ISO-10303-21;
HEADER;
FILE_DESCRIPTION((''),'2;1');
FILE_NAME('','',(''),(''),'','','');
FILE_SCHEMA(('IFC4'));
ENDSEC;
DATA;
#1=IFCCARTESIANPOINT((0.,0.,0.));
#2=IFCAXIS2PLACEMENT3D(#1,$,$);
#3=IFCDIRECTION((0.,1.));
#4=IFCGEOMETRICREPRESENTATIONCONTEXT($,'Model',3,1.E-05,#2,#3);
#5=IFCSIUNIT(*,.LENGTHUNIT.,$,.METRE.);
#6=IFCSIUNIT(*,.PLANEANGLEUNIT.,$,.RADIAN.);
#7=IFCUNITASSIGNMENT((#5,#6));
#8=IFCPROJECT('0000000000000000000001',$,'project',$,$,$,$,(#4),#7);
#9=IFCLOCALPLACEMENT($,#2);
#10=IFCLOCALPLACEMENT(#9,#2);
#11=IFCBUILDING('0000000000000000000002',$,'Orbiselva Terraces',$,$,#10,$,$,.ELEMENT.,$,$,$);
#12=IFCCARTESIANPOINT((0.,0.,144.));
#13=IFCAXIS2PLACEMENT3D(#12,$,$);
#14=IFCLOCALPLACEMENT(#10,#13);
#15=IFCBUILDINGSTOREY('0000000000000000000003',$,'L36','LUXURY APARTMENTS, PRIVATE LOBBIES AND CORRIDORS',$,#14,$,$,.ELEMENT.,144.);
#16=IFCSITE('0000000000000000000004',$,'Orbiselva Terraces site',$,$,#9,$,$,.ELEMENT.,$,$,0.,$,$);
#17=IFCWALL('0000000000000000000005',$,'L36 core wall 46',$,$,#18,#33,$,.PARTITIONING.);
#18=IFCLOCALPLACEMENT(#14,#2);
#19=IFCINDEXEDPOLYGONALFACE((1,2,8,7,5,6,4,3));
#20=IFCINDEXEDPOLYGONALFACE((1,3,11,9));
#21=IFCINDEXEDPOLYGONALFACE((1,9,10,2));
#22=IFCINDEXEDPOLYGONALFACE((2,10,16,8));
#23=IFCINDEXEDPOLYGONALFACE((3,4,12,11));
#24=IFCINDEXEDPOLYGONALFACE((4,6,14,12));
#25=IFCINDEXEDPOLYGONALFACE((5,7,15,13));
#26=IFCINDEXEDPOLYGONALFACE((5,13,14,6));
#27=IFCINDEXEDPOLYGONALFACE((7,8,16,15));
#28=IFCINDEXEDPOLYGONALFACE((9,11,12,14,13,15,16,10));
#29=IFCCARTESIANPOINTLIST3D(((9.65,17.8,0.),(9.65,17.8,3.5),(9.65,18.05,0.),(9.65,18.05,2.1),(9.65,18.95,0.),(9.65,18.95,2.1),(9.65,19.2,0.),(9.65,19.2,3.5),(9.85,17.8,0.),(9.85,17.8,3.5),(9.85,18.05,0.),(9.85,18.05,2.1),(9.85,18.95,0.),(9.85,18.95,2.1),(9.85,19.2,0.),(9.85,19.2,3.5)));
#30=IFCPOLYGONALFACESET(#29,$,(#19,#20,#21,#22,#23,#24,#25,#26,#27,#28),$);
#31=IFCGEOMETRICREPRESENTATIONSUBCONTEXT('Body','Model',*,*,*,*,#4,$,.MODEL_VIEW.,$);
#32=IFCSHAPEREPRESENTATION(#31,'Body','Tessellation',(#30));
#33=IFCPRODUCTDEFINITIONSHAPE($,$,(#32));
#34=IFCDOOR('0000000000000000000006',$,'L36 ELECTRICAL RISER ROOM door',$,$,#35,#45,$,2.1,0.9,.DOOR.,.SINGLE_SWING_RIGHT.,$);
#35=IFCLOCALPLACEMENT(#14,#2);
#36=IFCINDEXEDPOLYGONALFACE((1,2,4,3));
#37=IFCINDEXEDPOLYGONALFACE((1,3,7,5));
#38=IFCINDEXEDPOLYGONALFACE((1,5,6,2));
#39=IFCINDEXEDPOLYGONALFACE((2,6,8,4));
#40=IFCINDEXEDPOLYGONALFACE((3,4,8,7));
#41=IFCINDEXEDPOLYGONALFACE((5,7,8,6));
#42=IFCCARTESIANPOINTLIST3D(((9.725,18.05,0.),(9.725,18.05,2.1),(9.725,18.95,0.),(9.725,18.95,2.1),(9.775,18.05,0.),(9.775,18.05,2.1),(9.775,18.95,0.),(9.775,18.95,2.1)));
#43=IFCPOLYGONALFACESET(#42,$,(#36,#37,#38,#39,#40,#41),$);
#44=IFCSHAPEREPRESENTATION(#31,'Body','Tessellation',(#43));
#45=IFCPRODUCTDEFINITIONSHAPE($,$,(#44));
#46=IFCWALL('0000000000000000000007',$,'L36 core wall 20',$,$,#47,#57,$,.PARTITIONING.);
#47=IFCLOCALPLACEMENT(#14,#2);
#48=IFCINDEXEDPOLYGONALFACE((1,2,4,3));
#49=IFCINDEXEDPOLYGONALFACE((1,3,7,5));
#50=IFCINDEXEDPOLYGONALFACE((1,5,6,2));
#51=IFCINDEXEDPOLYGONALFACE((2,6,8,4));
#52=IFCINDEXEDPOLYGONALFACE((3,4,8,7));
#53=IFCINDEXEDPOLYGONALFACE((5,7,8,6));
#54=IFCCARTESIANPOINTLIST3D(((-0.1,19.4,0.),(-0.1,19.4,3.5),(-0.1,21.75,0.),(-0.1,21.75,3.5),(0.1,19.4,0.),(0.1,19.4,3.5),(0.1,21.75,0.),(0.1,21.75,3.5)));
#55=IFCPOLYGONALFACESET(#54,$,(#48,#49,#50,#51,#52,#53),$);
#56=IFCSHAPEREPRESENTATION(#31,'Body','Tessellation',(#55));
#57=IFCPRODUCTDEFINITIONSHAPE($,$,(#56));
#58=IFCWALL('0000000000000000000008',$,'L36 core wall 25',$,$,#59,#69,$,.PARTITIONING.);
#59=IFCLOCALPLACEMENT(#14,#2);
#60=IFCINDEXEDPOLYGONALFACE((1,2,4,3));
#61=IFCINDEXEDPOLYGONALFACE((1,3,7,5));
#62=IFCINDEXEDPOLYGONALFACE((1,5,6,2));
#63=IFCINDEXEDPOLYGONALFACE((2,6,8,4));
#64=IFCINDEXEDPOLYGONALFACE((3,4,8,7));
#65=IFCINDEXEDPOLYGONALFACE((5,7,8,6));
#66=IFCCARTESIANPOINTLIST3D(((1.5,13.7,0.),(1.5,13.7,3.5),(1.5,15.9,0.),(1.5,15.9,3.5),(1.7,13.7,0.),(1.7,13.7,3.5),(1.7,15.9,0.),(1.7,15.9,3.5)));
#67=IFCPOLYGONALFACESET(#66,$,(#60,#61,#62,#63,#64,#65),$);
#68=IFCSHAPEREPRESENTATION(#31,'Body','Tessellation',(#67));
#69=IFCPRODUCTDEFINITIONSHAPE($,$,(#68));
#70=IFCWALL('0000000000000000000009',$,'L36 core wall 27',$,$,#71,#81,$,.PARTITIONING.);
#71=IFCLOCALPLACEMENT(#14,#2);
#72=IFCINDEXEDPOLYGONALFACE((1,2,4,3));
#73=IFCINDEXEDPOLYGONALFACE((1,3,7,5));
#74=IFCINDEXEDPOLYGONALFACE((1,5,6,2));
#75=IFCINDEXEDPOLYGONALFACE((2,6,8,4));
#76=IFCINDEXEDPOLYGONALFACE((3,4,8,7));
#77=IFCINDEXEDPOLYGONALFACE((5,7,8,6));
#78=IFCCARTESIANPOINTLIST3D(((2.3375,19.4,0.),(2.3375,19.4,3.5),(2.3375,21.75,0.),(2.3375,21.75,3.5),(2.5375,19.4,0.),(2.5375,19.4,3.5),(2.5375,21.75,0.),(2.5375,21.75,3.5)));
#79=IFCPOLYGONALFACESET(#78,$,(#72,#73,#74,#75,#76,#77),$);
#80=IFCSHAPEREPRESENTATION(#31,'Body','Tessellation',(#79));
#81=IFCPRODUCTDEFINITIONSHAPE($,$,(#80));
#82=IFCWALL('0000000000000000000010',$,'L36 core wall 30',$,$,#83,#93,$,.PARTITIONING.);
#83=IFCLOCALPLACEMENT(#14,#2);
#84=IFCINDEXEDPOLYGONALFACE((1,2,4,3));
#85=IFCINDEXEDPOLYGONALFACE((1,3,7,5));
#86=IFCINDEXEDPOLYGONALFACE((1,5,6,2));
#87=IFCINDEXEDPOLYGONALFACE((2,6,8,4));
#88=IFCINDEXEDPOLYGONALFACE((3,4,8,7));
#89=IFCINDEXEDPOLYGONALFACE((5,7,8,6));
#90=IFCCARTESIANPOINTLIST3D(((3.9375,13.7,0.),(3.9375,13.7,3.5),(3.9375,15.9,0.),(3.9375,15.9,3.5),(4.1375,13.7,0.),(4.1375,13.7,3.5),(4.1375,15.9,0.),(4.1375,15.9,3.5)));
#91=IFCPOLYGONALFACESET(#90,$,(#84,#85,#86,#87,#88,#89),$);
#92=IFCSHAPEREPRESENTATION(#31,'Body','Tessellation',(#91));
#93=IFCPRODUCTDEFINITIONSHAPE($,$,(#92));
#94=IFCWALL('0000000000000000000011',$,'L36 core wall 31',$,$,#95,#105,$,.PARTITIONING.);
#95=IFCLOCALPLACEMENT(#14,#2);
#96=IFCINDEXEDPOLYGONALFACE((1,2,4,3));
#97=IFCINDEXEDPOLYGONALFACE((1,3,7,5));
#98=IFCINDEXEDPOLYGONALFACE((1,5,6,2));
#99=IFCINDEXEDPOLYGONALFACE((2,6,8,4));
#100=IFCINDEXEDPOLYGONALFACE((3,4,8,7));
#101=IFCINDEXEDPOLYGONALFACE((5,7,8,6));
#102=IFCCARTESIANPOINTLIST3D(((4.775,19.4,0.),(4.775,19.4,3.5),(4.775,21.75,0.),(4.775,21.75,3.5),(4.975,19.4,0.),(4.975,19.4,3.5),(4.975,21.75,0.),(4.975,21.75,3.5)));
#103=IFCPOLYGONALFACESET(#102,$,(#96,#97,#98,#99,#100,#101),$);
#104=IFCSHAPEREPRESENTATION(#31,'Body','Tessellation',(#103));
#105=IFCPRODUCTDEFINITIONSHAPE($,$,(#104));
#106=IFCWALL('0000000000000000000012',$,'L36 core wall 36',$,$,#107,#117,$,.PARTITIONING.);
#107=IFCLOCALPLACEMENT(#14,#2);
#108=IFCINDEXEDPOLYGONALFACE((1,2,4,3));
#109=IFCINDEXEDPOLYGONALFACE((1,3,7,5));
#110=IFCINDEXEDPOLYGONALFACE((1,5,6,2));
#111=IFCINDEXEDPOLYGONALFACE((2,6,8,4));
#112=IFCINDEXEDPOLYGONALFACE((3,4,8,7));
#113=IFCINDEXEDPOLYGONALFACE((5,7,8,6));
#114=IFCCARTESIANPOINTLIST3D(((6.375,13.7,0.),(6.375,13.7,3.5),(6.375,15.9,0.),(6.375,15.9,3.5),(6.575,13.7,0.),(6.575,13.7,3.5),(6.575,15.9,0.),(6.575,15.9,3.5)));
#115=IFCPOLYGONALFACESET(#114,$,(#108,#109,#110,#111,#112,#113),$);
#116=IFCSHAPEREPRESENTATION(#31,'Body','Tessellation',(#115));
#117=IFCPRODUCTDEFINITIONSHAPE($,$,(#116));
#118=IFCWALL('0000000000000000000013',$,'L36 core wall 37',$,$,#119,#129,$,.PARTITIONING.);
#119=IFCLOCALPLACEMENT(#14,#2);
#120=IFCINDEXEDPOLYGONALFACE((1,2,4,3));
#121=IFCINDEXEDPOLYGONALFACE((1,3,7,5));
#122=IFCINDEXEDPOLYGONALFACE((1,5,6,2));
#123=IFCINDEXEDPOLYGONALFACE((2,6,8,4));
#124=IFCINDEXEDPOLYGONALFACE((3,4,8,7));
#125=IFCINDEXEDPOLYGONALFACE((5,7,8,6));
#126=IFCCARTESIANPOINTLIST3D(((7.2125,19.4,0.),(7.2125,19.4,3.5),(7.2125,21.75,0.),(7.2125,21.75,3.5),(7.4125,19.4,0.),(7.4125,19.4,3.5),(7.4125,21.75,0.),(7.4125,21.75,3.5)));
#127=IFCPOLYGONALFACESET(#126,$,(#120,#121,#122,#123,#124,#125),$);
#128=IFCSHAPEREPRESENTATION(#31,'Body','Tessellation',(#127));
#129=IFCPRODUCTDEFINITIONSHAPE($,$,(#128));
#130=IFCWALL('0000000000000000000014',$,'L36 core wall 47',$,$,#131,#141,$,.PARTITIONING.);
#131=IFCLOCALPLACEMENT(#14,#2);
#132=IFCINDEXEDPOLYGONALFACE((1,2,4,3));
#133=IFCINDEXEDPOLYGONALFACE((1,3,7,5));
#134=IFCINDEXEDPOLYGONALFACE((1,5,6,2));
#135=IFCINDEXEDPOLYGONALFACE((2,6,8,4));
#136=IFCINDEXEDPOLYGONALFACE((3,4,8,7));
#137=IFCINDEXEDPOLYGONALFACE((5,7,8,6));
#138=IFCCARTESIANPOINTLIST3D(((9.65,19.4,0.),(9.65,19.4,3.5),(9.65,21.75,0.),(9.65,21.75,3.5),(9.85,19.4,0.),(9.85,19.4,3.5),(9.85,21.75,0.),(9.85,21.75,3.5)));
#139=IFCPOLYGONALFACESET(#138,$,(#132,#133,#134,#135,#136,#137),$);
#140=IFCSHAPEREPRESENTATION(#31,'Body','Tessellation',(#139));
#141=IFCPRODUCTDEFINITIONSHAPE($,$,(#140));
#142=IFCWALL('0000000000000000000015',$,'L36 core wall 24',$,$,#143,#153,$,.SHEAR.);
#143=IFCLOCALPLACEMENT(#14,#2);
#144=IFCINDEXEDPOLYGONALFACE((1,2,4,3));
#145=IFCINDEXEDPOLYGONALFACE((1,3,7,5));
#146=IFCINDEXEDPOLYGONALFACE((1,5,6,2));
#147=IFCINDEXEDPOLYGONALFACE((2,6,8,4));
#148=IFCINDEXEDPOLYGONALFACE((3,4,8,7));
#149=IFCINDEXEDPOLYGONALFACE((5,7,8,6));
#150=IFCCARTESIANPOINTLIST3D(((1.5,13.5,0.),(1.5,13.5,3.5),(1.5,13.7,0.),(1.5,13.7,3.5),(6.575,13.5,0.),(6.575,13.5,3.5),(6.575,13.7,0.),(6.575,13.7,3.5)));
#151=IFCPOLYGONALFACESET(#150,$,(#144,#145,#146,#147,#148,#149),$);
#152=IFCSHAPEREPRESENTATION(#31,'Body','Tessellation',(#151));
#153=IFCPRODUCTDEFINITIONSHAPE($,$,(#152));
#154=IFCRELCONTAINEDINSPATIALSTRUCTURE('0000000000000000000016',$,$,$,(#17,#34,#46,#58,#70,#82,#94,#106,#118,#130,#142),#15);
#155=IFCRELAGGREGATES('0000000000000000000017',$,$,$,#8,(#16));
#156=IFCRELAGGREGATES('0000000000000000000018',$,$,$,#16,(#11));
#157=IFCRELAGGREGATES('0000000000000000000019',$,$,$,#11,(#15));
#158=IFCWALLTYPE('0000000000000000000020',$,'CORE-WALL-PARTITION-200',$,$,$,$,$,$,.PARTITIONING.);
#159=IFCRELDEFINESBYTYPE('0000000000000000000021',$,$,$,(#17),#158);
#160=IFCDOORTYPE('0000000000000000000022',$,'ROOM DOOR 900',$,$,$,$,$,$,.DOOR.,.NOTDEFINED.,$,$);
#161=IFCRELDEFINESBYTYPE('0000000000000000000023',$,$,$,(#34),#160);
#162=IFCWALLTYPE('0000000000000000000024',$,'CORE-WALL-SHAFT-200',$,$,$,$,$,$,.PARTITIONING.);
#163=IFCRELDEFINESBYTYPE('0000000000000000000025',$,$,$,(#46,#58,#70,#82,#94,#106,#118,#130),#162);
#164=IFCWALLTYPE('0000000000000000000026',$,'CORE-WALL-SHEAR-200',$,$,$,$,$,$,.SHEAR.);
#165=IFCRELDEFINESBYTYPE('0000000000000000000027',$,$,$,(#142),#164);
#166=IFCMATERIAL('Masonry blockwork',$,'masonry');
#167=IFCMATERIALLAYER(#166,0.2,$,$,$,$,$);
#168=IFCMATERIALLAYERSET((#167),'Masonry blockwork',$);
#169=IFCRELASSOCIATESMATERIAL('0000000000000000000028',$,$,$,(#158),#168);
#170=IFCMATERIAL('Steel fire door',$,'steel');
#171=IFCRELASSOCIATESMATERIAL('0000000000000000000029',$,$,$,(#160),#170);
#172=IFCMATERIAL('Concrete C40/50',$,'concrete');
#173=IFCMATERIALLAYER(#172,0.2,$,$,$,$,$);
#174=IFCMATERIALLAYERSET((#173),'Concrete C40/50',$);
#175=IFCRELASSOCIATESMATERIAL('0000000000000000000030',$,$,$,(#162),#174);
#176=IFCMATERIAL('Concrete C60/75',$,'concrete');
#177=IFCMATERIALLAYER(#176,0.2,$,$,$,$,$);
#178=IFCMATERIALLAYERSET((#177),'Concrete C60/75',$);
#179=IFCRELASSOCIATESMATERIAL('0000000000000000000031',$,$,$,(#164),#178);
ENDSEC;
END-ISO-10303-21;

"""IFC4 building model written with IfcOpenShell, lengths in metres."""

from ifc_helpers import new_model, si_unit, direction, frame, frame_2d, origin, place, context, subcontext, project, spatial, rectangle, extrude, material, layer, layer_set, type_object, element, fill, save


model = new_model("IFC4")

# Units and contexts
model_context = context("Model", 3, precision=1e-05, world=origin(), true_north=direction((0.0, 1.0)))
body_context = subcontext(model_context, "Body", "Model", "MODEL_VIEW")
ifc_project = project(units=[si_unit("LENGTHUNIT", "METRE"), si_unit("PLANEANGLEUNIT", "RADIAN")], contexts=[model_context])

# Site, building, storey
site_placement = place(None, origin())
site = spatial("IfcSite", under=ifc_project, at=site_placement, Name="Orbiselva Terraces site", CompositionType="ELEMENT", RefElevation=0.0)
building_placement = place(site_placement, origin())
building = spatial("IfcBuilding", under=site, at=building_placement, Name="Orbiselva Terraces", CompositionType="ELEMENT")
storey_placement = place(building_placement, frame((0.0, 0.0, 144.0)))
storey = spatial("IfcBuildingStorey", under=building, at=storey_placement, Name="L36", Description="LUXURY APARTMENTS, PRIVATE LOBBIES AND CORRIDORS", CompositionType="ELEMENT", Elevation=144.0)

# Wall, opening, door
ifc_material_1 = material(Name="Masonry blockwork", Category="masonry")
ifc_layer_1 = layer(ifc_material_1, 0.2)
ifc_layer_set_1 = layer_set([ifc_layer_1], Name="Masonry blockwork")
wall_type_1 = type_object("IfcWallType", Name="CORE-WALL-PARTITION-200", PredefinedType="PARTITIONING", material=ifc_layer_set_1)
wall_1_placement = place(storey_placement, frame((9.75, 19.2, 0.0), z_axis=(0.0, 0.0, 1.0), x_axis=(0.0, -1.0, 0.0)))
wall_1 = element("IfcWall", 1, at=wall_1_placement, inside=storey, type_object=wall_type_1, Name="L36 core wall 46", PredefinedType="PARTITIONING", context=body_context, shape_type="SweptSolid", body=[
    extrude(rectangle(XDim=1.4, YDim=0.2, at=frame_2d((0.7, 0.0))), origin(), (0.0, 0.0, 1.0), 3.5),
])
opening_1_placement = place(wall_1_placement, frame((0.25, 0.0, 0.0)))
opening_1 = element("IfcOpeningElement", 2, at=opening_1_placement, cuts=wall_1, PredefinedType="OPENING", context=body_context, shape_type="SweptSolid", body=[
    extrude(rectangle(XDim=0.9, YDim=2.1, at=frame_2d((0.45, 1.05))), frame((0.0, 0.11, 0.0), z_axis=(0.0, -1.0, 0.0), x_axis=(1.0, 0.0, 0.0)), (0.0, 0.0, 1.0), 0.22),
])
ifc_material_2 = material(Name="Steel fire door", Category="steel")
door_type_1 = type_object("IfcDoorType", Name="ROOM DOOR 900", OperationType="NOTDEFINED", PredefinedType="DOOR", material=ifc_material_2)
door_1_placement = place(opening_1_placement, origin())
door_1 = element("IfcDoor", 3, at=door_1_placement, inside=storey, type_object=door_type_1, Name="L36 ELECTRICAL RISER ROOM door", OperationType="SINGLE_SWING_RIGHT", OverallHeight=2.1, OverallWidth=0.9, PredefinedType="DOOR", context=body_context, shape_type="SweptSolid", body=[
    extrude(rectangle(XDim=0.9, YDim=2.1, at=frame_2d((0.45, 1.05))), frame((0.0, 0.025, 0.0), z_axis=(0.0, -1.0, 0.0), x_axis=(1.0, 0.0, 0.0)), (0.0, 0.0, 1.0), 0.05),
])
fill(opening_1, door_1)

# Walls
ifc_material_3 = material(Name="Concrete C40/50", Category="concrete")
ifc_layer_2 = layer(ifc_material_3, 0.2)
ifc_layer_set_2 = layer_set([ifc_layer_2], Name="Concrete C40/50")
wall_type_2 = type_object("IfcWallType", Name="CORE-WALL-SHAFT-200", PredefinedType="PARTITIONING", material=ifc_layer_set_2)
wall_2_placement = place(storey_placement, frame((0.0, 19.4, 0.0), z_axis=(0.0, 0.0, 1.0), x_axis=(0.0, 1.0, 0.0)))
element("IfcWall", 4, at=wall_2_placement, inside=storey, type_object=wall_type_2, Name="L36 core wall 20", PredefinedType="PARTITIONING", context=body_context, shape_type="SweptSolid", body=[
    extrude(rectangle(XDim=2.35, YDim=0.2, at=frame_2d((1.175, 0.0))), origin(), (0.0, 0.0, 1.0), 3.5),
])
wall_3_placement = place(storey_placement, frame((1.6, 13.7, 0.0), z_axis=(0.0, 0.0, 1.0), x_axis=(0.0, 1.0, 0.0)))
element("IfcWall", 5, at=wall_3_placement, inside=storey, type_object=wall_type_2, Name="L36 core wall 25", PredefinedType="PARTITIONING", context=body_context, shape_type="SweptSolid", body=[
    extrude(rectangle(XDim=2.2, YDim=0.2, at=frame_2d((1.1, 0.0))), origin(), (0.0, 0.0, 1.0), 3.5),
])
wall_4_placement = place(storey_placement, frame((2.4375, 19.4, 0.0), z_axis=(0.0, 0.0, 1.0), x_axis=(0.0, 1.0, 0.0)))
element("IfcWall", 6, at=wall_4_placement, inside=storey, type_object=wall_type_2, Name="L36 core wall 27", PredefinedType="PARTITIONING", context=body_context, shape_type="SweptSolid", body=[
    extrude(rectangle(XDim=2.35, YDim=0.2, at=frame_2d((1.175, 0.0))), origin(), (0.0, 0.0, 1.0), 3.5),
])
wall_5_placement = place(storey_placement, frame((4.0375, 13.7, 0.0), z_axis=(0.0, 0.0, 1.0), x_axis=(0.0, 1.0, 0.0)))
element("IfcWall", 7, at=wall_5_placement, inside=storey, type_object=wall_type_2, Name="L36 core wall 30", PredefinedType="PARTITIONING", context=body_context, shape_type="SweptSolid", body=[
    extrude(rectangle(XDim=2.2, YDim=0.2, at=frame_2d((1.1, 0.0))), origin(), (0.0, 0.0, 1.0), 3.5),
])
wall_6_placement = place(storey_placement, frame((4.875, 19.4, 0.0), z_axis=(0.0, 0.0, 1.0), x_axis=(0.0, 1.0, 0.0)))
element("IfcWall", 8, at=wall_6_placement, inside=storey, type_object=wall_type_2, Name="L36 core wall 31", PredefinedType="PARTITIONING", context=body_context, shape_type="SweptSolid", body=[
    extrude(rectangle(XDim=2.35, YDim=0.2, at=frame_2d((1.175, 0.0))), origin(), (0.0, 0.0, 1.0), 3.5),
])
wall_7_placement = place(storey_placement, frame((6.475, 13.7, 0.0), z_axis=(0.0, 0.0, 1.0), x_axis=(0.0, 1.0, 0.0)))
element("IfcWall", 9, at=wall_7_placement, inside=storey, type_object=wall_type_2, Name="L36 core wall 36", PredefinedType="PARTITIONING", context=body_context, shape_type="SweptSolid", body=[
    extrude(rectangle(XDim=2.2, YDim=0.2, at=frame_2d((1.1, 0.0))), origin(), (0.0, 0.0, 1.0), 3.5),
])
for number, where, z_axis, x_axis, name in (
    (10, (7.3125, 19.4, 0.0), (0.0, 0.0, 1.0), (0.0, 1.0, 0.0), "L36 core wall 37"),
    (11, (9.75, 19.4, 0.0), (0.0, 0.0, 1.0), (0.0, 1.0, 0.0), "L36 core wall 47"),
):
    element("IfcWall", number, at=place(storey_placement, frame(where, z_axis=z_axis, x_axis=x_axis)), inside=storey, type_object=wall_type_2, Name=name, PredefinedType="PARTITIONING", context=body_context, shape_type="SweptSolid", body=[
        extrude(rectangle(XDim=2.35, YDim=0.2, at=frame_2d((1.175, 0.0))), origin(), (0.0, 0.0, 1.0), 3.5),
    ])
ifc_material_4 = material(Name="Concrete C60/75", Category="concrete")
ifc_layer_3 = layer(ifc_material_4, 0.2)
ifc_layer_set_3 = layer_set([ifc_layer_3], Name="Concrete C60/75")
wall_type_3 = type_object("IfcWallType", Name="CORE-WALL-SHEAR-200", PredefinedType="SHEAR", material=ifc_layer_set_3)
wall_8_placement = place(storey_placement, frame((1.5, 13.6, 0.0), z_axis=(0.0, 0.0, 1.0), x_axis=(1.0, 0.0, 0.0)))
element("IfcWall", 12, at=wall_8_placement, inside=storey, type_object=wall_type_3, Name="L36 core wall 24", PredefinedType="SHEAR", context=body_context, shape_type="SweptSolid", body=[
    extrude(rectangle(XDim=5.075, YDim=0.2, at=frame_2d((2.5375, 0.0))), origin(), (0.0, 0.0, 1.0), 3.5),
])

save(model, "model.ifc")
